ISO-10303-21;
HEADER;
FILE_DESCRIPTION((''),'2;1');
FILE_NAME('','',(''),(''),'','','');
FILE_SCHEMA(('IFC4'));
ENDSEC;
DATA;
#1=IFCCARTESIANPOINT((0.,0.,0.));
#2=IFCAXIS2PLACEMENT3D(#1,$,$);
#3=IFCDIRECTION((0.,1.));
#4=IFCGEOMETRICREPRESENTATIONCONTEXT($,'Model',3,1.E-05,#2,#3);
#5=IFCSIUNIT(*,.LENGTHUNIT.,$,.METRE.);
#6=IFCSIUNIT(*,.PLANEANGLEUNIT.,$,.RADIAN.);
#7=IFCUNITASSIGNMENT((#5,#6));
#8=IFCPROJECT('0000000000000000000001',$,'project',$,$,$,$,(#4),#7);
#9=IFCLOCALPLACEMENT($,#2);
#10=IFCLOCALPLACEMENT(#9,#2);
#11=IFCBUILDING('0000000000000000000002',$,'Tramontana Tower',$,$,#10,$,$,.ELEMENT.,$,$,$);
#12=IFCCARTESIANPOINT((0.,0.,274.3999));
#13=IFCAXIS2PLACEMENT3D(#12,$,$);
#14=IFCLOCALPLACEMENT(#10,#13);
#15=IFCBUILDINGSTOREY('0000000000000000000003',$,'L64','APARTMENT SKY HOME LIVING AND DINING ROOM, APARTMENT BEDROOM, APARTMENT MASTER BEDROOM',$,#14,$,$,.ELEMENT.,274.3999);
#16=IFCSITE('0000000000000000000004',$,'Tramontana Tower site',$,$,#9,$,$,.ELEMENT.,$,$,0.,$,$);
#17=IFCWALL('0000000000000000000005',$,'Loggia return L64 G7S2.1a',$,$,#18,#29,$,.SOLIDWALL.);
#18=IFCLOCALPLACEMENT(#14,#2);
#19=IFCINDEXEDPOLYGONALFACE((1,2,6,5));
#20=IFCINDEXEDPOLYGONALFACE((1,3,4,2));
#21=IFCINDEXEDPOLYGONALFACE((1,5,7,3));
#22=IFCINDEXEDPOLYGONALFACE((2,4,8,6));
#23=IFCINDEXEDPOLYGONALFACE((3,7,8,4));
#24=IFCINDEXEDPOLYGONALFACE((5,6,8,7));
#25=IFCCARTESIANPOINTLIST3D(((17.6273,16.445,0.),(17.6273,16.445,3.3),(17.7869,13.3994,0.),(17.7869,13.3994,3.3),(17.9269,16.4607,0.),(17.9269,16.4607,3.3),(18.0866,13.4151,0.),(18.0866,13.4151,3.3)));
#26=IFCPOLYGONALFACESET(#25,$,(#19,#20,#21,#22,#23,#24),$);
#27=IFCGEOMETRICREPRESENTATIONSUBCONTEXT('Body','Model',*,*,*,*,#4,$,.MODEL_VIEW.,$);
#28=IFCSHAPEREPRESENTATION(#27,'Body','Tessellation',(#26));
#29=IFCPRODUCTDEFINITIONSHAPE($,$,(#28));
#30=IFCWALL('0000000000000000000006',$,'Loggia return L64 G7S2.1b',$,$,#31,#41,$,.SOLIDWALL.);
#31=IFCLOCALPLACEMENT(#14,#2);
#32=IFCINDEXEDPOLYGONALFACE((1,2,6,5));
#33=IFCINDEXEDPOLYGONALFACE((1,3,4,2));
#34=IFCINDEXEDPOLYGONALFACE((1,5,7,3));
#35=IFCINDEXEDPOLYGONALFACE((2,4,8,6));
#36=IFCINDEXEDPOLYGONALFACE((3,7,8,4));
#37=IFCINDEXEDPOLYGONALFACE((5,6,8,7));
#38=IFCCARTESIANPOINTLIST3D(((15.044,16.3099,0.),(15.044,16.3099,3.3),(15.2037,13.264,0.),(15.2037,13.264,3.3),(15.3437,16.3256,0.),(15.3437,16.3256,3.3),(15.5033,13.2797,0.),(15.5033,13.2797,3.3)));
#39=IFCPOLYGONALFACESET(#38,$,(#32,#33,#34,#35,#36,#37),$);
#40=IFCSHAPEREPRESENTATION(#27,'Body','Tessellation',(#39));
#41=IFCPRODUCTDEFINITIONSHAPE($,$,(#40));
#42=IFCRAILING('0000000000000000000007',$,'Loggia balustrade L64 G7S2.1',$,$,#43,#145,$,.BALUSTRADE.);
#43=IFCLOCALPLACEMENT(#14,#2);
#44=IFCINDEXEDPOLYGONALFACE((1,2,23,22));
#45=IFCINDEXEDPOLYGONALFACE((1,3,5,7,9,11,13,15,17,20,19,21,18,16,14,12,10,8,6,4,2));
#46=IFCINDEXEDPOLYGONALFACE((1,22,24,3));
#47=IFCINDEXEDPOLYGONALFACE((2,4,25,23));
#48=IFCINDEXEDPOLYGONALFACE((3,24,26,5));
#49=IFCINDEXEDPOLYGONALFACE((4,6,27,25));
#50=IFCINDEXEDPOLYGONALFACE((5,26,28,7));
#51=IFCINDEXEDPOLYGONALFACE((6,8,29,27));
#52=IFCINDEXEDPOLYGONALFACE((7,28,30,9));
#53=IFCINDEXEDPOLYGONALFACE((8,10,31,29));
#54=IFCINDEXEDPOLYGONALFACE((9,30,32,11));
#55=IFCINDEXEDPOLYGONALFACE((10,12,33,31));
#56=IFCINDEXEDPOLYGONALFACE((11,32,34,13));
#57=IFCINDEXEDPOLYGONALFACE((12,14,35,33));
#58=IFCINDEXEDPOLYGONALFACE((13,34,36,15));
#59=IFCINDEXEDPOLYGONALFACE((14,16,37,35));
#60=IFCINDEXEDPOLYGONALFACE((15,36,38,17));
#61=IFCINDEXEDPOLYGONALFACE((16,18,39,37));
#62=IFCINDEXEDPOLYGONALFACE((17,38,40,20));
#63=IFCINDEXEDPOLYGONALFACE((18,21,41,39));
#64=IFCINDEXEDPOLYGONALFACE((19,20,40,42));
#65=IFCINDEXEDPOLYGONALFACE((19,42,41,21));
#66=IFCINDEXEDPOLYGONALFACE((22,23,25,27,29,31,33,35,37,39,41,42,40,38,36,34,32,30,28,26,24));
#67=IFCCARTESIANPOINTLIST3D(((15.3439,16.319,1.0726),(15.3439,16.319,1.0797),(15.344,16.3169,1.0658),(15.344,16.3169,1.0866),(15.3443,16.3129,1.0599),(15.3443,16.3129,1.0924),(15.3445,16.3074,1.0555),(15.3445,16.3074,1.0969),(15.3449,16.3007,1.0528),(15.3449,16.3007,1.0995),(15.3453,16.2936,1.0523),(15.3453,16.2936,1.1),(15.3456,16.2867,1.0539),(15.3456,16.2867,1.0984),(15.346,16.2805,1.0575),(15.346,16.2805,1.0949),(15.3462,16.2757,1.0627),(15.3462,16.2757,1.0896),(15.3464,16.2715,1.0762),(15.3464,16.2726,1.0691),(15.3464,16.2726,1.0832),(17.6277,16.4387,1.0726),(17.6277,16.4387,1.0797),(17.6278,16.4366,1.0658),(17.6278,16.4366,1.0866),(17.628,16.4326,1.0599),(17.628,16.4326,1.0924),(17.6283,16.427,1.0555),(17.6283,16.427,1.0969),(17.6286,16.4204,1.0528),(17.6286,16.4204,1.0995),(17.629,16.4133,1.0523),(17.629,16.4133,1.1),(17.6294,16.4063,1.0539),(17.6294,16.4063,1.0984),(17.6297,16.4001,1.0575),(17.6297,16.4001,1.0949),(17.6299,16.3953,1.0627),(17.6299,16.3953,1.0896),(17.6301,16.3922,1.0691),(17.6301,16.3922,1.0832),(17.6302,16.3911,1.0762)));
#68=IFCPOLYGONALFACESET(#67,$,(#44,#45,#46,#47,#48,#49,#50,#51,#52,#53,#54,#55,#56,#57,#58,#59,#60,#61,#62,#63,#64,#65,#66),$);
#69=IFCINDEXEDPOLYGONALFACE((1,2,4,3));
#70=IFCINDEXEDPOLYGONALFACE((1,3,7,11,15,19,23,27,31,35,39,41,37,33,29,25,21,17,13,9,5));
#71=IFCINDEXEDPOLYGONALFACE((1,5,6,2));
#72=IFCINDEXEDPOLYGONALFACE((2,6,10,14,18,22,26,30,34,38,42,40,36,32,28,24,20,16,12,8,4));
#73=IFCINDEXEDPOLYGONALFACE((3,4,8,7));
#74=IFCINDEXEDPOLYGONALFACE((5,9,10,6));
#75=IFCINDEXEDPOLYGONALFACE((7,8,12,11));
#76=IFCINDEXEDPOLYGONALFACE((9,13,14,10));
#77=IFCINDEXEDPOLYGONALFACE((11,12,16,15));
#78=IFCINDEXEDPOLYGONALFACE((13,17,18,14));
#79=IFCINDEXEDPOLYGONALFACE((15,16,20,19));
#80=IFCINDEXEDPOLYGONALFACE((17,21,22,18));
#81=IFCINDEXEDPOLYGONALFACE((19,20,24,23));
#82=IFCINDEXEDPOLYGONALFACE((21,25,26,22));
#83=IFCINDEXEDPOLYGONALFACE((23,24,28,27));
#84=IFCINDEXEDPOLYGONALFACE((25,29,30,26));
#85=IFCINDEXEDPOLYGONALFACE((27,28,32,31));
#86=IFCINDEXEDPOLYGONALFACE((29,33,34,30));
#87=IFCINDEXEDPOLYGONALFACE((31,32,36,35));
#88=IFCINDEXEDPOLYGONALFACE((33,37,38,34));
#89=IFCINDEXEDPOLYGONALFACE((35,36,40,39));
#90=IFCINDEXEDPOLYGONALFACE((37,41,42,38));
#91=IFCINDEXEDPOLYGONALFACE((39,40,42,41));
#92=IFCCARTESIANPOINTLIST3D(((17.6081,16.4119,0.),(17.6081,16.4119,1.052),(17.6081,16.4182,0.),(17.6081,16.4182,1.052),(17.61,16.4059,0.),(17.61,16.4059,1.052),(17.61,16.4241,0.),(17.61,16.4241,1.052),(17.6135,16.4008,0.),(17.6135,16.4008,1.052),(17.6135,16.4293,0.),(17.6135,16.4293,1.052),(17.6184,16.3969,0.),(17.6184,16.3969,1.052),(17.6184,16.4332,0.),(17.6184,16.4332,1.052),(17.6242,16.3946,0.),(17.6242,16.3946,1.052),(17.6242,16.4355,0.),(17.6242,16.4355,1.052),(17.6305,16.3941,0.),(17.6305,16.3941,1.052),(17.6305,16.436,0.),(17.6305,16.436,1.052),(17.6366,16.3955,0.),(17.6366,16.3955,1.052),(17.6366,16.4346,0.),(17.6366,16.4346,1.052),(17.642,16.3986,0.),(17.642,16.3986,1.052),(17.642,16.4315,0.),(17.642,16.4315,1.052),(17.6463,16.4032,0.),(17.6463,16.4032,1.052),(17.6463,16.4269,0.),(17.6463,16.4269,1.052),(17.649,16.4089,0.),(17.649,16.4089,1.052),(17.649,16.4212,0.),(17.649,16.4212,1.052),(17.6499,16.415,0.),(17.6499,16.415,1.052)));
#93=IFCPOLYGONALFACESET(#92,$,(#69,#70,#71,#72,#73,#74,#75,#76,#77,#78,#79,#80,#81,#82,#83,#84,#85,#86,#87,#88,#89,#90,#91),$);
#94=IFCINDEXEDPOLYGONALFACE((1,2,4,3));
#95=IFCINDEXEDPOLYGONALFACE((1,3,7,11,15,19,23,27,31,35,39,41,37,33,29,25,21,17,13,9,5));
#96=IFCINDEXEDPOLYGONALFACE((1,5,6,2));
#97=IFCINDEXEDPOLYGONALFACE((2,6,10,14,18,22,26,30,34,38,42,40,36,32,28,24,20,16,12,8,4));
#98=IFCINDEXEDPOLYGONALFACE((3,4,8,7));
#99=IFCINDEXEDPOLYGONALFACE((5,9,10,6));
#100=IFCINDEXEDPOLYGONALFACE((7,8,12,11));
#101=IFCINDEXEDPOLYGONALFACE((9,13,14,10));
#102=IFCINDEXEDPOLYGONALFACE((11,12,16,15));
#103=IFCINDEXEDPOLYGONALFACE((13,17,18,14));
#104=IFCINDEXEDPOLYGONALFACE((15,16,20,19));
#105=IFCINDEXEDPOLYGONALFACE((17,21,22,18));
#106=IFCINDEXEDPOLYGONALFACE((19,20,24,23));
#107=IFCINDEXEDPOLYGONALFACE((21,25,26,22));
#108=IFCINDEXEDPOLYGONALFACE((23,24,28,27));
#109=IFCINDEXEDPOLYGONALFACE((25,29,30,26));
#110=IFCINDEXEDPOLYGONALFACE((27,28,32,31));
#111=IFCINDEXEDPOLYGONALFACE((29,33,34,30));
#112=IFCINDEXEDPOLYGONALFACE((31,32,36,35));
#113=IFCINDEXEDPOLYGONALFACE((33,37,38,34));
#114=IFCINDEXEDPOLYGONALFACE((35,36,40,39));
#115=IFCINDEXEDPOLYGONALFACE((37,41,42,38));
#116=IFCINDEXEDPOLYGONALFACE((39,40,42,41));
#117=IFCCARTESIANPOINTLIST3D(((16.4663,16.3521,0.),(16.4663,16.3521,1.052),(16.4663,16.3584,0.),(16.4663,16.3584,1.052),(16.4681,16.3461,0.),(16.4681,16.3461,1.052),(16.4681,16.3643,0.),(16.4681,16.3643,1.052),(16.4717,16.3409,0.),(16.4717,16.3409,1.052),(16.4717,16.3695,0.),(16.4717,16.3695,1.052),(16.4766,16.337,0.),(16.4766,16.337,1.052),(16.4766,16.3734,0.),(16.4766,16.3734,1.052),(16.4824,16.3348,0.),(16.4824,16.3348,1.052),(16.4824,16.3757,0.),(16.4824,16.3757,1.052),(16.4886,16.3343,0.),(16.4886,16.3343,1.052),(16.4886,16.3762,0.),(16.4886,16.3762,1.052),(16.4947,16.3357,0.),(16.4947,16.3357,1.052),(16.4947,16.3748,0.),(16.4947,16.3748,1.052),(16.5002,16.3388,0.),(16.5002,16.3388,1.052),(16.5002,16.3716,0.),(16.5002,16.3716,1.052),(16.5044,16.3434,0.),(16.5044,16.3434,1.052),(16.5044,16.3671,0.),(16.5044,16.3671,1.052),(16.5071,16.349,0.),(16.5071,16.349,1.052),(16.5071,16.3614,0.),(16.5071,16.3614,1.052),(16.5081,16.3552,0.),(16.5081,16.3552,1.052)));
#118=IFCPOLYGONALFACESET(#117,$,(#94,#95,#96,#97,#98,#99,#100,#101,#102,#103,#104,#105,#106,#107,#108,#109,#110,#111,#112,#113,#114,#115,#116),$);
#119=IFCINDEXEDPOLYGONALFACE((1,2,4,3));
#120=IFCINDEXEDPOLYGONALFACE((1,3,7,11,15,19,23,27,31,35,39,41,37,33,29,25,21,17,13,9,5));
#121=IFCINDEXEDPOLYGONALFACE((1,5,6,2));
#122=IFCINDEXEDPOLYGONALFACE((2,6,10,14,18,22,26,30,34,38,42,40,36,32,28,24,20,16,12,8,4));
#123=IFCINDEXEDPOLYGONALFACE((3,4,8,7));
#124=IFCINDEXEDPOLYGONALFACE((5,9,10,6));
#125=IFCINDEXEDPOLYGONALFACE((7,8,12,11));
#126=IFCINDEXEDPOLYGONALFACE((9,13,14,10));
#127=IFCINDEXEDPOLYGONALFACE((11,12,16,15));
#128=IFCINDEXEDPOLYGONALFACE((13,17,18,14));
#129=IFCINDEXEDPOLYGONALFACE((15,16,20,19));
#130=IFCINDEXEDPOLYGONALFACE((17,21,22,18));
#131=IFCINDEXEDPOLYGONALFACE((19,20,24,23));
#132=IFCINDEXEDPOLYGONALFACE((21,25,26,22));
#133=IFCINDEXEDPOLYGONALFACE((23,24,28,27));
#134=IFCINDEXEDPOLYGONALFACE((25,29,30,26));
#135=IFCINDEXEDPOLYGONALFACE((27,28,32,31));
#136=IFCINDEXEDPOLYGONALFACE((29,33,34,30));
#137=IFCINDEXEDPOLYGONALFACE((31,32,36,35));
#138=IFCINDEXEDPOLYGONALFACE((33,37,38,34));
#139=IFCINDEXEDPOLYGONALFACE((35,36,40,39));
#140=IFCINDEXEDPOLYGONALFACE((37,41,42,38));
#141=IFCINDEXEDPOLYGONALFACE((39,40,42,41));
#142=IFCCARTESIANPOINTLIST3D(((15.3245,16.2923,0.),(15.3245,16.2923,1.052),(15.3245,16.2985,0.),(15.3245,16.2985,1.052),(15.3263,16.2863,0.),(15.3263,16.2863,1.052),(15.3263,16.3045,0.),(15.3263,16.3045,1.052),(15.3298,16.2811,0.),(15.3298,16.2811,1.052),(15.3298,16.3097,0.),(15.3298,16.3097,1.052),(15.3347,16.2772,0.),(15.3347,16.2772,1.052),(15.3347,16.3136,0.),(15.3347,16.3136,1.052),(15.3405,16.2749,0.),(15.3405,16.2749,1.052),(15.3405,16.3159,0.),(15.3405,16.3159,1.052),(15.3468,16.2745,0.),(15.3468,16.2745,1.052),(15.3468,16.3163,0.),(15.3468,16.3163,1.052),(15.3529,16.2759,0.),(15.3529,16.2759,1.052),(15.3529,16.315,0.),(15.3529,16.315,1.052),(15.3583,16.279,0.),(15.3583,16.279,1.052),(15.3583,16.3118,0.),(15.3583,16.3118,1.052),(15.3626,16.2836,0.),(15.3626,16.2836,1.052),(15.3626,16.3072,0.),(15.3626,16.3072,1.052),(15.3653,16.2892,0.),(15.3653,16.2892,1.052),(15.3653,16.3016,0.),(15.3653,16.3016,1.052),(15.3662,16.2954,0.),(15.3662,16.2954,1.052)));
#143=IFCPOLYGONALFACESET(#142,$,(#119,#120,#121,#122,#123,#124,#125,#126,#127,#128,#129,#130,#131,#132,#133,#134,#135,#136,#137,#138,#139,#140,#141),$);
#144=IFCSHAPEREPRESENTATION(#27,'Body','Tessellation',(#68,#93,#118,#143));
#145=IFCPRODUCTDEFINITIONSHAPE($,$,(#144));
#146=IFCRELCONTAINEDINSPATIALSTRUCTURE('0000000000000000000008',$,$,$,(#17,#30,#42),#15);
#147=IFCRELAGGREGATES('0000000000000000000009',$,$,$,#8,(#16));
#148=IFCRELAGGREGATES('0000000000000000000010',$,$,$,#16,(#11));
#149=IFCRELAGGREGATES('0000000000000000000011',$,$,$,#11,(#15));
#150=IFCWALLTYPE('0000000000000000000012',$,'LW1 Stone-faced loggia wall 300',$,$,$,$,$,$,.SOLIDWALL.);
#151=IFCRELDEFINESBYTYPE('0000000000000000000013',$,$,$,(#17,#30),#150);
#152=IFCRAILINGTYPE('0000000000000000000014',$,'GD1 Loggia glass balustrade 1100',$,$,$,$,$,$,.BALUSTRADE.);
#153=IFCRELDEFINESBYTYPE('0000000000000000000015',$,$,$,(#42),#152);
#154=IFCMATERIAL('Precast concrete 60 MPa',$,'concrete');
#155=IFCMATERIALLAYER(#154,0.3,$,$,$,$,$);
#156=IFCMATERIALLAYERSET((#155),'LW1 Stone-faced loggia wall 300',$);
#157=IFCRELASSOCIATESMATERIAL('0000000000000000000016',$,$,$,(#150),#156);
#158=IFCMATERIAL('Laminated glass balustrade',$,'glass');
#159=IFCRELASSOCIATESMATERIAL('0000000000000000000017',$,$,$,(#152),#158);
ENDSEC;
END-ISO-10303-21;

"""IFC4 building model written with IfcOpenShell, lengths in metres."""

from ifc_helpers import new_model, si_unit, direction, frame, frame_2d, origin, origin_2d, place, context, subcontext, project, spatial, rectangle, circle, extrude, material, layer, layer_set, type_object, element, save


model = new_model("IFC4")

# Units and contexts
model_context = context("Model", 3, precision=1e-05, world=origin(), true_north=direction((0.0, 1.0)))
body_context = subcontext(model_context, "Body", "Model", "MODEL_VIEW")
ifc_project = project(units=[si_unit("LENGTHUNIT", "METRE"), si_unit("PLANEANGLEUNIT", "RADIAN")], contexts=[model_context])

# Site, building, storey
site_placement = place(None, origin())
site = spatial("IfcSite", under=ifc_project, at=site_placement, Name="Tramontana Tower site", CompositionType="ELEMENT", RefElevation=0.0)
building_placement = place(site_placement, origin())
building = spatial("IfcBuilding", under=site, at=building_placement, Name="Tramontana Tower", CompositionType="ELEMENT")
storey_placement = place(building_placement, frame((0.0, 0.0, 274.3999)))
storey = spatial("IfcBuildingStorey", under=building, at=storey_placement, Name="L64", Description="APARTMENT SKY HOME LIVING AND DINING ROOM, APARTMENT BEDROOM, APARTMENT MASTER BEDROOM", CompositionType="ELEMENT", Elevation=274.3999)

# Shared definitions
ifc_material_1 = material(Name="Precast concrete 60 MPa", Category="concrete")
ifc_layer_1 = layer(ifc_material_1, 0.3)
ifc_layer_set_1 = layer_set([ifc_layer_1], Name="LW1 Stone-faced loggia wall 300")
wall_type_1 = type_object("IfcWallType", Name="LW1 Stone-faced loggia wall 300", PredefinedType="SOLIDWALL", material=ifc_layer_set_1)

# Walls
wall_1_placement = place(storey_placement, frame((17.7771, 16.4529, 0.0), z_axis=(0.0, 0.0, 1.0), x_axis=(0.052353, -0.998629, 0.0)))
element("IfcWall", 1, at=wall_1_placement, inside=storey, type_object=wall_type_1, Name="Loggia return L64 G7S2.1a", PredefinedType="SOLIDWALL", context=body_context, shape_type="SweptSolid", body=[
    extrude(rectangle(XDim=3.0498, YDim=0.3, at=frame_2d((1.5249, 0.0))), origin(), (0.0, 0.0, 1.0), 3.3),
])
wall_2_placement = place(storey_placement, frame((15.1938, 16.3176, 0.0), z_axis=(0.0, 0.0, 1.0), x_axis=(0.052349, -0.998629, 0.0)))
element("IfcWall", 2, at=wall_2_placement, inside=storey, type_object=wall_type_1, Name="Loggia return L64 G7S2.1b", PredefinedType="SOLIDWALL", context=body_context, shape_type="SweptSolid", body=[
    extrude(rectangle(XDim=3.05, YDim=0.3, at=frame_2d((1.5249, 0.0))), origin(), (0.0, 0.0, 1.0), 3.3),
])

# Railing
ifc_material_2 = material(Name="Laminated glass balustrade", Category="glass")
railing_type = type_object("IfcRailingType", Name="GD1 Loggia glass balustrade 1100", PredefinedType="BALUSTRADE", material=ifc_material_2)
railing_1_placement = place(storey_placement, frame((17.6289, 16.415, 0.0)))
element("IfcRailing", 3, at=railing_1_placement, inside=storey, type_object=railing_type, Name="Loggia balustrade L64 G7S2.1", PredefinedType="BALUSTRADE", context=body_context, shape_type="SweptSolid", body=[
    extrude(circle(Radius=0.0239, at=origin_2d()), frame((0.0, 0.0, 1.0762), z_axis=(-0.998631, -0.052312, 0.0), x_axis=(0.052312, -0.998631, 0.0)), (0.0, 0.0, 1.0), 2.2869),
    extrude(circle(Radius=0.021, at=origin_2d()), origin(), (0.0, 0.0, 1.0), 1.052),
    extrude(circle(Radius=0.021, at=origin_2d()), frame((-1.1418, -0.0598, 0.0)), (0.0, 0.0, 1.0), 1.052),
    extrude(circle(Radius=0.021, at=origin_2d()), frame((-2.2837, -0.1196, 0.0)), (0.0, 0.0, 1.0), 1.052),
])

save(model, "model.ifc")
